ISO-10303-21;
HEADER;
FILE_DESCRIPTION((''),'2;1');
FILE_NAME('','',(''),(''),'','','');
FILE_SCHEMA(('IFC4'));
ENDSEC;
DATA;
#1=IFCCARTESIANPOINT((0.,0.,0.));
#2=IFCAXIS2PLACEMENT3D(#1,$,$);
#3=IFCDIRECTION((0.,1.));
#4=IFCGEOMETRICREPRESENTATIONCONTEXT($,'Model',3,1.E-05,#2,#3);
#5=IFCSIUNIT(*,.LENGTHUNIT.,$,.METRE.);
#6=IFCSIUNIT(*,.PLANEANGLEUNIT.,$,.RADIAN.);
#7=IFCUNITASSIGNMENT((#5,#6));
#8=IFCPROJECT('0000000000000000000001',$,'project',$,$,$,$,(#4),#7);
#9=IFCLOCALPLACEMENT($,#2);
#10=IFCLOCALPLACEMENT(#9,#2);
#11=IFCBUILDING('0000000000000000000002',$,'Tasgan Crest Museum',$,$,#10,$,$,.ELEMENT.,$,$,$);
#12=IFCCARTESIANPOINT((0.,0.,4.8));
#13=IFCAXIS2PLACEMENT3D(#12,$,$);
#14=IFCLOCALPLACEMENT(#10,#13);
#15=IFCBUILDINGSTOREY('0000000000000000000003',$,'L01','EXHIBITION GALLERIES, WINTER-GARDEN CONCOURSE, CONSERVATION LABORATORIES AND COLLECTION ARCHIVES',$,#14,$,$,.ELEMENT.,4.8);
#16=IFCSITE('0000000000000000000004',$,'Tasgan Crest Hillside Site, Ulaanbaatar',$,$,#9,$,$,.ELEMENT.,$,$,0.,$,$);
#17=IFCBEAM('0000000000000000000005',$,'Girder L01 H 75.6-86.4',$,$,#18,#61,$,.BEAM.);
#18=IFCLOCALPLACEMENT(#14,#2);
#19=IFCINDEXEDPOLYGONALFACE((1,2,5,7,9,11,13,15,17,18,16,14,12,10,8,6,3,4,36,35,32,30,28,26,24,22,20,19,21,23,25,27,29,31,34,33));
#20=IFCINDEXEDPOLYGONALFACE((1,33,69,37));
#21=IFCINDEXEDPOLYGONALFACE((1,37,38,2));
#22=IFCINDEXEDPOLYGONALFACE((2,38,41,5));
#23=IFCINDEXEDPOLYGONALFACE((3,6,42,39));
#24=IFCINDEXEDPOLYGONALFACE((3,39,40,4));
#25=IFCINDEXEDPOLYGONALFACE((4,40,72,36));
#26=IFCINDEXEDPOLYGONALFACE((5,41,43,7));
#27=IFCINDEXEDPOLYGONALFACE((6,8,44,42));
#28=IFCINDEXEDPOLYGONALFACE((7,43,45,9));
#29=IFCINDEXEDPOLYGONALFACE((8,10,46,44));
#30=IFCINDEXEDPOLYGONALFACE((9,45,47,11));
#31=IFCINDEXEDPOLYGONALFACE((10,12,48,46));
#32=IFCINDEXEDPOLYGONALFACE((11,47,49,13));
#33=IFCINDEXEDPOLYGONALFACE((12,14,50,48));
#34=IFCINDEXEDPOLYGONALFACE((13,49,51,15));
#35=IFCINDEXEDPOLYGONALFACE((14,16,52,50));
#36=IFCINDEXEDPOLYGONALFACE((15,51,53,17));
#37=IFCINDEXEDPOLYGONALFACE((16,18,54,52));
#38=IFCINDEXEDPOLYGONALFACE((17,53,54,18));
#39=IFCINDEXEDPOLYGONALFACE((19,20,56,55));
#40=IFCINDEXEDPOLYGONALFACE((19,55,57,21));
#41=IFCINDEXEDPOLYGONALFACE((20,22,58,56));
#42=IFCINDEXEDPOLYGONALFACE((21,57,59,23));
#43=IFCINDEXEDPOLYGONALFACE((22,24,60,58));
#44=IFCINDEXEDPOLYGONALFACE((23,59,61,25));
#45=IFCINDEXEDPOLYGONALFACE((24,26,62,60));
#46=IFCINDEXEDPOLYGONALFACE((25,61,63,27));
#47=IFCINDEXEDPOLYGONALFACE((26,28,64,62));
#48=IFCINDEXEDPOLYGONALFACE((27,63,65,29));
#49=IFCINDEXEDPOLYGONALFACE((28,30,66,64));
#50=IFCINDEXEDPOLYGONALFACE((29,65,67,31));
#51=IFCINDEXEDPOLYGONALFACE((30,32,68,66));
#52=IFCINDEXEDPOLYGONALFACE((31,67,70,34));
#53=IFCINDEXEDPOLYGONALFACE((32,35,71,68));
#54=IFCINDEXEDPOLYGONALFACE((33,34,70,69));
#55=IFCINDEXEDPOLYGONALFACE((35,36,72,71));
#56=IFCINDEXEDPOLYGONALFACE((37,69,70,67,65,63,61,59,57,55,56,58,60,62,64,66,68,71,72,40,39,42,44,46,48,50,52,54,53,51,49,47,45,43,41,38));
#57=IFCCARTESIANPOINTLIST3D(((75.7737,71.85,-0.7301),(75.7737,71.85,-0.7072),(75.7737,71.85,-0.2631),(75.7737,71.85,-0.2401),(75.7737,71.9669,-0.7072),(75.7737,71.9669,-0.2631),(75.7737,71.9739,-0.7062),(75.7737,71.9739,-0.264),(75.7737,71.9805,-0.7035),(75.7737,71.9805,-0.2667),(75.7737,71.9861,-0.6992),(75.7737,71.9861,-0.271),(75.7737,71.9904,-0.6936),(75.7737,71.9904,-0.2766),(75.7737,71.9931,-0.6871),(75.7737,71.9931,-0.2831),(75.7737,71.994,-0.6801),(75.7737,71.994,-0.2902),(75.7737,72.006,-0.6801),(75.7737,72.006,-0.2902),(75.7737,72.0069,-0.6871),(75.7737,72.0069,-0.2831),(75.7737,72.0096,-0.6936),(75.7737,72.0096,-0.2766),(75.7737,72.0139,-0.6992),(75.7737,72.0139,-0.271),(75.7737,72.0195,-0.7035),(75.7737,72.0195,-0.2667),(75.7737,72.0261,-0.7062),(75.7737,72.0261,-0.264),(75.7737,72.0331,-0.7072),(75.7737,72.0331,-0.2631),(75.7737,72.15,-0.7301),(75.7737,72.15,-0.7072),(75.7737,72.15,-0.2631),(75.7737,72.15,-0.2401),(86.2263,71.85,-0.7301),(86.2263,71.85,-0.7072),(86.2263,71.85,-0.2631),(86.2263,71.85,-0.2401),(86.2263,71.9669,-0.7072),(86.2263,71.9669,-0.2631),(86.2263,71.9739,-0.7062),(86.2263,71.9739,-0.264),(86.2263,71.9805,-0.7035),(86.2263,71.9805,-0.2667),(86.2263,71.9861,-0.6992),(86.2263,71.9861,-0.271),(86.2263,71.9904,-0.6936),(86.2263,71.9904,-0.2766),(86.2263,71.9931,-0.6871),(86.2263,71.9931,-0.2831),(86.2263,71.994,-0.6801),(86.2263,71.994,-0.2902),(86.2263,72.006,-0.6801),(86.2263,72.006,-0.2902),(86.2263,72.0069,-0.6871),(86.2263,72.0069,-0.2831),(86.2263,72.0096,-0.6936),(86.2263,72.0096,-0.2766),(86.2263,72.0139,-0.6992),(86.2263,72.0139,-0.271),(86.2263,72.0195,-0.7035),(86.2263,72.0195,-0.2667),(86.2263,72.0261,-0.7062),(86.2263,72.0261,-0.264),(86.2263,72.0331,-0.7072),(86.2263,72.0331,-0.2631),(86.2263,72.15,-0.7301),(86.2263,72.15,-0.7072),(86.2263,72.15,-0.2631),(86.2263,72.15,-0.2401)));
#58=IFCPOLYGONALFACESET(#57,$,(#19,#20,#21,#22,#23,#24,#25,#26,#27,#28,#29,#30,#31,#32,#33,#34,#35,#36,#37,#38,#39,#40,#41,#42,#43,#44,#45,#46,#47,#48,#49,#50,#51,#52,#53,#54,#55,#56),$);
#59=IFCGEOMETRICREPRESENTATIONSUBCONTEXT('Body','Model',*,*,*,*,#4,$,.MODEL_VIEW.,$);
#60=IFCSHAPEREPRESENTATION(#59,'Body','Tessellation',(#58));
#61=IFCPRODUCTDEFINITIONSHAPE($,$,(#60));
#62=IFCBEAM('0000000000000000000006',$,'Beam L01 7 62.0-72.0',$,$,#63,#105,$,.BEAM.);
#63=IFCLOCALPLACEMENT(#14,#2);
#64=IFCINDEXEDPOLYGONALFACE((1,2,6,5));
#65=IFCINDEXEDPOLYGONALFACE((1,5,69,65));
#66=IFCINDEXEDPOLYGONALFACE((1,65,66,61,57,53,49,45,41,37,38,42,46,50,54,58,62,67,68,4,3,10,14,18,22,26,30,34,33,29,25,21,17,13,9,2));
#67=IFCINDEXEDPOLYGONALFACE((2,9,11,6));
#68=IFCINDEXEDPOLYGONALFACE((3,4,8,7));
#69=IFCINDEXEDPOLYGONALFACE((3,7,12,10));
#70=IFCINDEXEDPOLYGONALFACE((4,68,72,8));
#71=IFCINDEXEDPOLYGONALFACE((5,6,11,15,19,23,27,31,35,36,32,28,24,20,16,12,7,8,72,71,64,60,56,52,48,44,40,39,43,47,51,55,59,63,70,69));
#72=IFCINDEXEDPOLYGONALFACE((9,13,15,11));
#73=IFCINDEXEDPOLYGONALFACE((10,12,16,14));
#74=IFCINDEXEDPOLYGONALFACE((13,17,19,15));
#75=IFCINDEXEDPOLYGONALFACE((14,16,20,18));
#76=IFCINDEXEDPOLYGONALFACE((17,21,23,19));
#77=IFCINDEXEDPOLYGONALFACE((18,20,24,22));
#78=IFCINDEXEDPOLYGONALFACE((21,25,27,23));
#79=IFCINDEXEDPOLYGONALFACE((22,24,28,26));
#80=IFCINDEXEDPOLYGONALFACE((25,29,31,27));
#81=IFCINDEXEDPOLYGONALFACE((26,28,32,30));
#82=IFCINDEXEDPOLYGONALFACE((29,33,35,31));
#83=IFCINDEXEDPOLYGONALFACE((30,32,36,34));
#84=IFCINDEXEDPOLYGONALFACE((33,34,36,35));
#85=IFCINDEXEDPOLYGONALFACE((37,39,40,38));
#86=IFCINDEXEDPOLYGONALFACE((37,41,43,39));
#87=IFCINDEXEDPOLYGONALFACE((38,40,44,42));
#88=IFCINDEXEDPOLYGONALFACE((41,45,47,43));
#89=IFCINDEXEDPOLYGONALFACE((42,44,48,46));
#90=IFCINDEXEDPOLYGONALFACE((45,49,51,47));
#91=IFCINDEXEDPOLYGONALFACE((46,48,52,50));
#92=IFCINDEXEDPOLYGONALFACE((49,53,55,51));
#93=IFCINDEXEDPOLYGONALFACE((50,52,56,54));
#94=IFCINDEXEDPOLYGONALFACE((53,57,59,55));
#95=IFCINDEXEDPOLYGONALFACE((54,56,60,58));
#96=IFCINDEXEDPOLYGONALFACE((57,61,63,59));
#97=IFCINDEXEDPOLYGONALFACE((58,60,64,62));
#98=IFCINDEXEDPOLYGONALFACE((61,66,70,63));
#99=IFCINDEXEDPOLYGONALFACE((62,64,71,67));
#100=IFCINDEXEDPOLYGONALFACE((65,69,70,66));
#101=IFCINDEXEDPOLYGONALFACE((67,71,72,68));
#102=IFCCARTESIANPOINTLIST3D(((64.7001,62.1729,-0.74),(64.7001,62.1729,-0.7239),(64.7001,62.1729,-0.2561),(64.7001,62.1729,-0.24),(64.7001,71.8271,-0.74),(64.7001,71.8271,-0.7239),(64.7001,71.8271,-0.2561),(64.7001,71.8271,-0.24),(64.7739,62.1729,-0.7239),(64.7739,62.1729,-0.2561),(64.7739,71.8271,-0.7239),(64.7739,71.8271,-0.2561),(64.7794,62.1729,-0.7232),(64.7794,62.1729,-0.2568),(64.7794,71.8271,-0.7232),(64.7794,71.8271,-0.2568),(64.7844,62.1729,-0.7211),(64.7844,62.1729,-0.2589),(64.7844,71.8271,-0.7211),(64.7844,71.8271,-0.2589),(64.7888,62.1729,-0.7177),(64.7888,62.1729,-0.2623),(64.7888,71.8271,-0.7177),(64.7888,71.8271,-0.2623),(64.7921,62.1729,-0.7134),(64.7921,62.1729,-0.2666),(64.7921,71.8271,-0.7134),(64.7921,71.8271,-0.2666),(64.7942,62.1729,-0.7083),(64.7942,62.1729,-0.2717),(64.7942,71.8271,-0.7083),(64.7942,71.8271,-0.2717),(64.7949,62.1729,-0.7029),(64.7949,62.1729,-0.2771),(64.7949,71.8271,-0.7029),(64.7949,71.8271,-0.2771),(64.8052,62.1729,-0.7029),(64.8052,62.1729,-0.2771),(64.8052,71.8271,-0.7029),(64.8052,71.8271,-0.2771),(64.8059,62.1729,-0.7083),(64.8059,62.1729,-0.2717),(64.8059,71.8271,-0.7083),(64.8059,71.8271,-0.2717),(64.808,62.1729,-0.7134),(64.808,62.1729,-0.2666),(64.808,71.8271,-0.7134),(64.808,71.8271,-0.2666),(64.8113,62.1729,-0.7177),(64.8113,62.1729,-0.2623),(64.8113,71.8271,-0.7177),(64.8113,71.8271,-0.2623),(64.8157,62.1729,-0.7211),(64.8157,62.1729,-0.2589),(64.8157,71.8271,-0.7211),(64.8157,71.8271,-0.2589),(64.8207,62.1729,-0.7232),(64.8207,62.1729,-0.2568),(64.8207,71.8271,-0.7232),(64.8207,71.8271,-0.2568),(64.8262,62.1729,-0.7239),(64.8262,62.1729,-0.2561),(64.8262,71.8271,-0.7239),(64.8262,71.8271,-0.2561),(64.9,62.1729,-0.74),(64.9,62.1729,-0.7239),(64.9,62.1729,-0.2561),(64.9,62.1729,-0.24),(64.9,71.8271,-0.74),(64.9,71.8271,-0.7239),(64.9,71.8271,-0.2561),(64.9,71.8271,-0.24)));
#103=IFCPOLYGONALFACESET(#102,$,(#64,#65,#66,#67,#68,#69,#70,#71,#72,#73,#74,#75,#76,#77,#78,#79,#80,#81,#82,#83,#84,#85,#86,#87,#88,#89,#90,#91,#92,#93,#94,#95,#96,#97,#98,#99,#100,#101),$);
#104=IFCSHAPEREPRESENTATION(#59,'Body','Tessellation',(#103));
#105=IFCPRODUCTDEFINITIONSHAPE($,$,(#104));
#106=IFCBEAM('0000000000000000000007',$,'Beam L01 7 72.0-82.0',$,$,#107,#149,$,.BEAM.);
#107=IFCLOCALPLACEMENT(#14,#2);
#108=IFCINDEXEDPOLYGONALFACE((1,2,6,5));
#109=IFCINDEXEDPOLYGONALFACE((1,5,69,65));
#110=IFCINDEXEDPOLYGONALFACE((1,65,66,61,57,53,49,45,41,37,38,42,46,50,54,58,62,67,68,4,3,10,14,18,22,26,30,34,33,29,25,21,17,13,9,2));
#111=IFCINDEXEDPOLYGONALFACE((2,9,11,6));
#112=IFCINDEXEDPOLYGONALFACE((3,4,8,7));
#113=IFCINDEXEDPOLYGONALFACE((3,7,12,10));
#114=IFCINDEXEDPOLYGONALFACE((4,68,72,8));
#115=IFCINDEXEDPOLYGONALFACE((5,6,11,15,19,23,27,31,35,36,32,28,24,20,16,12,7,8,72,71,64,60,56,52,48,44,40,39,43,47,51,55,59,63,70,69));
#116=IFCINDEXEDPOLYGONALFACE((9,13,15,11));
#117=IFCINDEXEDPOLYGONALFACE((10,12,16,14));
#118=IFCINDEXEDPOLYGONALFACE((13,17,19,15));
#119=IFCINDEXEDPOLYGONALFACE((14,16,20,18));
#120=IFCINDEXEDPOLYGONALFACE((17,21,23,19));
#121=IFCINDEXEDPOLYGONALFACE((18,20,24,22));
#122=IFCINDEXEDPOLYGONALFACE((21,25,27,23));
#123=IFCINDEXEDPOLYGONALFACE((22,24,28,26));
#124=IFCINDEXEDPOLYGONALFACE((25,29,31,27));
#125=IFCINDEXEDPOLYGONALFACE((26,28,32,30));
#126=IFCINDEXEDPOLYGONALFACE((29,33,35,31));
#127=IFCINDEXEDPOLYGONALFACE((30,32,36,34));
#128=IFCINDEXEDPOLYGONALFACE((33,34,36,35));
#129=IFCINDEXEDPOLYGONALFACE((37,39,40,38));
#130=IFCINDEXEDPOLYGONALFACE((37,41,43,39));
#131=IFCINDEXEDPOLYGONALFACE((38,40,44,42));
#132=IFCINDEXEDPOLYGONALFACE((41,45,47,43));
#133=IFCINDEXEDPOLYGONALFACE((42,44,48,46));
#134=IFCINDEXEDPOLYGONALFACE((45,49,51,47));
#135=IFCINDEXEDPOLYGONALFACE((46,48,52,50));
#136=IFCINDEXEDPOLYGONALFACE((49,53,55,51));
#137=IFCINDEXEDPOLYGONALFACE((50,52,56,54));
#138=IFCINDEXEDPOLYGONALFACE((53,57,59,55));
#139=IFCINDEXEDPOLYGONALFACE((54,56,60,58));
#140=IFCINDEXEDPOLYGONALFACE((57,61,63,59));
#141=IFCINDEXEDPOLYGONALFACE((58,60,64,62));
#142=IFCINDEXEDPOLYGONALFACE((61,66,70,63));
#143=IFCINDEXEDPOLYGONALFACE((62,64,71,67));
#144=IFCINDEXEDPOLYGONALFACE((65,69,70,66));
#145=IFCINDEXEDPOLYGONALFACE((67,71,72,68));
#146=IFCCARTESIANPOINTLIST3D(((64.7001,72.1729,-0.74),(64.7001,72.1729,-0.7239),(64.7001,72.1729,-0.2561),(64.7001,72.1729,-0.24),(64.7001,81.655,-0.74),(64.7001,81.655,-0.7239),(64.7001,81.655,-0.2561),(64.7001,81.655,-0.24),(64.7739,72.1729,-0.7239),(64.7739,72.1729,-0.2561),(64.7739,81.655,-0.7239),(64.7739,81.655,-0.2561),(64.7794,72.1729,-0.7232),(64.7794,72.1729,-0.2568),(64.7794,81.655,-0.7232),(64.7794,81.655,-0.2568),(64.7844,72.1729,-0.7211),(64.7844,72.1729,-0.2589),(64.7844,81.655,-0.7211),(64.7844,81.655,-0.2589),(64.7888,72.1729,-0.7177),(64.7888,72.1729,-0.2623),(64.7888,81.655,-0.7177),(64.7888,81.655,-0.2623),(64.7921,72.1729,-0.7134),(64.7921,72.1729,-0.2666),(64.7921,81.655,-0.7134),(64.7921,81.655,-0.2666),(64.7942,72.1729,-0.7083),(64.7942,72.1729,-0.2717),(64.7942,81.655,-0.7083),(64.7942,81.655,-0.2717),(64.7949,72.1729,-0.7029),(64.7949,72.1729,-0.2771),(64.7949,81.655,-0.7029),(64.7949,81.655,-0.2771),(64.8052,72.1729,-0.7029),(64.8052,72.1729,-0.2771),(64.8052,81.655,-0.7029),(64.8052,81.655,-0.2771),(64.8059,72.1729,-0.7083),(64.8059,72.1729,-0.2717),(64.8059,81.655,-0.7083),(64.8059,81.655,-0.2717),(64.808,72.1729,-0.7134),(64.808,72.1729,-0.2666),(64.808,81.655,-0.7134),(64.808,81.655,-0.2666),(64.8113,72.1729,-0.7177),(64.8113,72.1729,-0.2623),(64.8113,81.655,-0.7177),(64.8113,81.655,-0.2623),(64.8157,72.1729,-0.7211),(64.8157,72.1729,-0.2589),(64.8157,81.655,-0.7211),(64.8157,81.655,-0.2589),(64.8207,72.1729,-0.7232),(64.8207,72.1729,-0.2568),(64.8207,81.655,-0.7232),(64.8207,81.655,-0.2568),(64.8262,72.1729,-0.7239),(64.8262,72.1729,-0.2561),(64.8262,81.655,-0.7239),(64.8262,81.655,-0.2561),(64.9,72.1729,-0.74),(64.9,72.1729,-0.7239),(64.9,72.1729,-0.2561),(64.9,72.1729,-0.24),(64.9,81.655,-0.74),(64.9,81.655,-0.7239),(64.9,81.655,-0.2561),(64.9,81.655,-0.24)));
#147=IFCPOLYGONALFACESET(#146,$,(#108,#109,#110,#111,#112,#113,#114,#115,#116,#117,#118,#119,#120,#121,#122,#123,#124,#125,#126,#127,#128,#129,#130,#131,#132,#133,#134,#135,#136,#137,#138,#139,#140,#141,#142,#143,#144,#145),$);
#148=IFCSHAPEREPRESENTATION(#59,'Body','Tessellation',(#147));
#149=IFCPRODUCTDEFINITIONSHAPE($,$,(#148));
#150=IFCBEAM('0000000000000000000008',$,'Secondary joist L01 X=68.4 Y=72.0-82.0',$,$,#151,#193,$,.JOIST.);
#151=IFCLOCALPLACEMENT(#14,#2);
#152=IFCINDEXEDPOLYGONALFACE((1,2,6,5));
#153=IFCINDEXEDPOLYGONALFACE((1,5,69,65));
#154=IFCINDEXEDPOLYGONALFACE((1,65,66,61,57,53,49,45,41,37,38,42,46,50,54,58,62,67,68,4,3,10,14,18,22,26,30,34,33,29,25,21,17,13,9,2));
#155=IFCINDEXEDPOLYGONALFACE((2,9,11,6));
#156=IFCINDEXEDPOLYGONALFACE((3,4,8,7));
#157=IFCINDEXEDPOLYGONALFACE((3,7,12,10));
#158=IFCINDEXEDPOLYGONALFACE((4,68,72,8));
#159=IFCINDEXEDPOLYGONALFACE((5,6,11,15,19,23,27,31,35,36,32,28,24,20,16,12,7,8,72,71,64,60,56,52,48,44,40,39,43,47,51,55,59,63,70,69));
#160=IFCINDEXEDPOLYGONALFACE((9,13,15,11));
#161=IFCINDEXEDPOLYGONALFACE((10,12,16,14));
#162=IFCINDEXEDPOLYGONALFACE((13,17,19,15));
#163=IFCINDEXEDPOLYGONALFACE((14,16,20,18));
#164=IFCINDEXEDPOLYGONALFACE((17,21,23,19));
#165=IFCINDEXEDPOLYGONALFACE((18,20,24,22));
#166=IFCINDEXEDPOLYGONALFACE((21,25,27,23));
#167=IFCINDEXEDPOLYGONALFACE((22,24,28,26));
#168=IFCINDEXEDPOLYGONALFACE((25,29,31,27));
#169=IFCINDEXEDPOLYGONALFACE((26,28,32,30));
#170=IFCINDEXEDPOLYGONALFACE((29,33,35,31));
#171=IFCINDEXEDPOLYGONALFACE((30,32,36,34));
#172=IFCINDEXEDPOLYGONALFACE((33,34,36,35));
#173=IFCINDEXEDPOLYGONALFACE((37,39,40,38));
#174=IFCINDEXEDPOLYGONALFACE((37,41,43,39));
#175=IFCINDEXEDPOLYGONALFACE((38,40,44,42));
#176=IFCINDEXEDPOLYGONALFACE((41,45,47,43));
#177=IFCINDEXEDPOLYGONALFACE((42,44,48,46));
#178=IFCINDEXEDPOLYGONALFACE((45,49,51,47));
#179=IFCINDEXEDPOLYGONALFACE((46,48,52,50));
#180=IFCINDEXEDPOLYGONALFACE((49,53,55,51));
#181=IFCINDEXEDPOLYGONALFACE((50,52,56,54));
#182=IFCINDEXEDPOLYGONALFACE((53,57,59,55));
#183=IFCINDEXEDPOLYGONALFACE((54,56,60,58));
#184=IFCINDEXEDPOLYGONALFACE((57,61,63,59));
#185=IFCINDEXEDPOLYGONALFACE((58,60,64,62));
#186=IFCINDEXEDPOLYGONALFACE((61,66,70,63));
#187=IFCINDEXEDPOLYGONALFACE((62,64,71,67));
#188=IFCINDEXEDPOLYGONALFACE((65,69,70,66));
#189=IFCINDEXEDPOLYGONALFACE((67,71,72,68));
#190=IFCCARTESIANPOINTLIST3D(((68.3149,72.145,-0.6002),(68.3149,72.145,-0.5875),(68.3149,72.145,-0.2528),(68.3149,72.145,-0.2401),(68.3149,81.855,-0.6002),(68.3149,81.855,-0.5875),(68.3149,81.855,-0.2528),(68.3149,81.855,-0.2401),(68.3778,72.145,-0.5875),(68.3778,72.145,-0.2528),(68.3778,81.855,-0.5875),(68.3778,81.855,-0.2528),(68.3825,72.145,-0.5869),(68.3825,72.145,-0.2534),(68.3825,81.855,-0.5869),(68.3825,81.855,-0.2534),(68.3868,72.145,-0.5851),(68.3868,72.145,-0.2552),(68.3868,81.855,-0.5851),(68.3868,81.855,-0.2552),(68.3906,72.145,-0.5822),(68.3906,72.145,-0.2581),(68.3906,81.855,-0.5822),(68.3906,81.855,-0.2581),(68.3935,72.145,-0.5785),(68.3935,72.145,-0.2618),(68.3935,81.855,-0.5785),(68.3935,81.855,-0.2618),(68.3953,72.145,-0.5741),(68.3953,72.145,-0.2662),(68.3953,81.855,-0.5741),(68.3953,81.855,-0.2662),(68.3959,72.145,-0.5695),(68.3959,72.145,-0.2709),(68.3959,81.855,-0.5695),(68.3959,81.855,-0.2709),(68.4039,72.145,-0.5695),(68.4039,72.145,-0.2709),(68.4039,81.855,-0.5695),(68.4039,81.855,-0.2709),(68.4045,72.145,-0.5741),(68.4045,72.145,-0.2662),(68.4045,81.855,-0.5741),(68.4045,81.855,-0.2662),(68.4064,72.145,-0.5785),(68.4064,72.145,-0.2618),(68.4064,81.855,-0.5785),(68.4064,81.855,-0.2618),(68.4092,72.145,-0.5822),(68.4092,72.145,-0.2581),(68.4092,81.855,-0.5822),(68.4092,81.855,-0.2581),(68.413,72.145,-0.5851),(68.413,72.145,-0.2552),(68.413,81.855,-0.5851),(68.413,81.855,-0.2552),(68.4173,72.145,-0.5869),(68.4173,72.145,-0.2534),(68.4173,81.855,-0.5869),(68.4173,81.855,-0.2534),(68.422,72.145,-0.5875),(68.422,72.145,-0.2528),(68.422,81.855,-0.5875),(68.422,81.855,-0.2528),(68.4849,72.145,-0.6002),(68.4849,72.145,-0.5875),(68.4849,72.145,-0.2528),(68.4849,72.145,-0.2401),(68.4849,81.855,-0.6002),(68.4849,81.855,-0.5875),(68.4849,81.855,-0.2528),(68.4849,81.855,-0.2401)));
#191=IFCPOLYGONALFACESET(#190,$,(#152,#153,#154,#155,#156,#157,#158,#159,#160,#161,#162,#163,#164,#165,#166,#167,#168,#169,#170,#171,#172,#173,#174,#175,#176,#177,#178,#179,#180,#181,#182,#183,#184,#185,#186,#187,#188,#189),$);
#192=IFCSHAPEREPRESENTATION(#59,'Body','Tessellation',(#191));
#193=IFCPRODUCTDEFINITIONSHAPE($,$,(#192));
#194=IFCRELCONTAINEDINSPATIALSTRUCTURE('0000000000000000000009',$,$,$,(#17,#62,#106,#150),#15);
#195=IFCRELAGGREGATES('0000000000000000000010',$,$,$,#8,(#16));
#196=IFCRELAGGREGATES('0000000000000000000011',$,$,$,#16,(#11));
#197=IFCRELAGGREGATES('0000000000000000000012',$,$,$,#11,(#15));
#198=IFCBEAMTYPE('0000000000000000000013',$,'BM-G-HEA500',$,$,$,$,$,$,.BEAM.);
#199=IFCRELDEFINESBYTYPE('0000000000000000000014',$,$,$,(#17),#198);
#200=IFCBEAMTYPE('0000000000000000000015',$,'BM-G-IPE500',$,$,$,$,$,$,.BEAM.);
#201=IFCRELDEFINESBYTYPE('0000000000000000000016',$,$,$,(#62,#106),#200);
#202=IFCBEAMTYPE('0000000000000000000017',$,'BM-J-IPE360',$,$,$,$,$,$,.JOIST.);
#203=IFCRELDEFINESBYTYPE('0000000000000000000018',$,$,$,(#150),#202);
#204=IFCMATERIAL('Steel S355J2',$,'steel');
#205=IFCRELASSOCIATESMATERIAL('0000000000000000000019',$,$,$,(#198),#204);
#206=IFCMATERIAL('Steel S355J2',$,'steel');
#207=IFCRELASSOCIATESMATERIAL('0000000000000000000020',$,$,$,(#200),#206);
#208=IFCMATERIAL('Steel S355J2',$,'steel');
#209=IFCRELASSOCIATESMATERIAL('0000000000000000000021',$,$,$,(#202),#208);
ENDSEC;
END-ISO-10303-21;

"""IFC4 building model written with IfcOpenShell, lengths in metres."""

from ifc_helpers import new_model, si_unit, direction, frame, origin, origin_2d, place, context, subcontext, project, spatial, i_section, extrude, material, material_profile, profile_set, type_object, element, save


model = new_model("IFC4")

# Units and contexts
model_context = context("Model", 3, precision=1e-05, world=origin(), true_north=direction((0.0, 1.0)))
body_context = subcontext(model_context, "Body", "Model", "MODEL_VIEW")
ifc_project = project(units=[si_unit("LENGTHUNIT", "METRE"), si_unit("PLANEANGLEUNIT", "RADIAN")], contexts=[model_context])

# Site, building, storey
site_placement = place(None, origin())
site = spatial("IfcSite", under=ifc_project, at=site_placement, Name="Tasgan Crest Hillside Site, Ulaanbaatar", CompositionType="ELEMENT", RefElevation=0.0)
building_placement = place(site_placement, origin())
building = spatial("IfcBuilding", under=site, at=building_placement, Name="Tasgan Crest Museum", CompositionType="ELEMENT")
storey_placement = place(building_placement, frame((0.0, 0.0, 4.8)))
storey = spatial("IfcBuildingStorey", under=building, at=storey_placement, Name="L01", Description="EXHIBITION GALLERIES, WINTER-GARDEN CONCOURSE, CONSERVATION LABORATORIES AND COLLECTION ARCHIVES", CompositionType="ELEMENT", Elevation=4.8)

# Beams
ifc_material_1 = material(Name="Steel S355J2", Category="steel")
ifc_material_profile_1 = material_profile(ifc_material_1, i_section(OverallWidth=0.3, OverallDepth=0.49, WebThickness=0.012, FlangeThickness=0.0229, FilletRadius=0.0271, at=origin_2d()), Name="HEA 500")
ifc_profile_set_1 = profile_set([ifc_material_profile_1], Name="Steel S355J2")
beam_type_1 = type_object("IfcBeamType", Name="BM-G-HEA500", PredefinedType="BEAM", material=ifc_profile_set_1)
beam_1_placement = place(storey_placement, frame((75.7737, 72.0, -0.4851), z_axis=(1.0, 0.0, 0.0), x_axis=(0.0, 1.0, 0.0)))
element("IfcBeam", 1, at=beam_1_placement, inside=storey, type_object=beam_type_1, Name="Girder L01 H 75.6-86.4", PredefinedType="BEAM", context=body_context, shape_type="SweptSolid", body=[
    extrude(i_section(OverallWidth=0.3, OverallDepth=0.49, WebThickness=0.012, FlangeThickness=0.0229, FilletRadius=0.0271, at=origin_2d()), origin(), (0.0, 0.0, 1.0), 10.4526),
])
ifc_material_2 = material(Name="Steel S355J2", Category="steel")
ifc_material_profile_2 = material_profile(ifc_material_2, i_section(OverallWidth=0.2, OverallDepth=0.5, WebThickness=0.0103, FlangeThickness=0.0161, FilletRadius=0.021, at=origin_2d()), Name="IPE 500")
ifc_profile_set_2 = profile_set([ifc_material_profile_2], Name="Steel S355J2")
beam_type_2 = type_object("IfcBeamType", Name="BM-G-IPE500", PredefinedType="BEAM", material=ifc_profile_set_2)
beam_2_placement = place(storey_placement, frame((64.8, 62.1729, -0.49), z_axis=(0.0, 1.0, 0.0), x_axis=(-1.0, 0.0, 0.0)))
element("IfcBeam", 2, at=beam_2_placement, inside=storey, type_object=beam_type_2, Name="Beam L01 7 62.0-72.0", PredefinedType="BEAM", context=body_context, shape_type="SweptSolid", body=[
    extrude(i_section(OverallWidth=0.2, OverallDepth=0.5, WebThickness=0.0103, FlangeThickness=0.0161, FilletRadius=0.021, at=origin_2d()), origin(), (0.0, 0.0, 1.0), 9.6543),
])
beam_3_placement = place(storey_placement, frame((64.8, 72.1729, -0.49), z_axis=(0.0, 1.0, 0.0), x_axis=(-1.0, 0.0, 0.0)))
element("IfcBeam", 3, at=beam_3_placement, inside=storey, type_object=beam_type_2, Name="Beam L01 7 72.0-82.0", PredefinedType="BEAM", context=body_context, shape_type="SweptSolid", body=[
    extrude(i_section(OverallWidth=0.2, OverallDepth=0.5, WebThickness=0.0103, FlangeThickness=0.0161, FilletRadius=0.021, at=origin_2d()), origin(), (0.0, 0.0, 1.0), 9.4822),
])
ifc_material_3 = material(Name="Steel S355J2", Category="steel")
ifc_material_profile_3 = material_profile(ifc_material_3, i_section(OverallWidth=0.1699, OverallDepth=0.3601, WebThickness=0.0081, FlangeThickness=0.0127, FilletRadius=0.0181, at=origin_2d()), Name="IPE 360")
ifc_profile_set_3 = profile_set([ifc_material_profile_3], Name="Steel S355J2")
beam_type_3 = type_object("IfcBeamType", Name="BM-J-IPE360", PredefinedType="JOIST", material=ifc_profile_set_3)
for number, where, z_axis, x_axis, name in (
    (4, (68.3999, 72.145, -0.4202), (0.0, 1.0, 0.0), (-1.0, 0.0, 0.0), "Secondary joist L01 X=68.4 Y=72.0-82.0"),
):
    element("IfcBeam", number, at=place(storey_placement, frame(where, z_axis=z_axis, x_axis=x_axis)), inside=storey, type_object=beam_type_3, Name=name, PredefinedType="JOIST", context=body_context, shape_type="SweptSolid", body=[
        extrude(i_section(OverallWidth=0.1699, OverallDepth=0.3601, WebThickness=0.0081, FlangeThickness=0.0127, FilletRadius=0.0181, at=origin_2d()), origin(), (0.0, 0.0, 1.0), 9.71),
    ])

save(model, "model.ifc")
